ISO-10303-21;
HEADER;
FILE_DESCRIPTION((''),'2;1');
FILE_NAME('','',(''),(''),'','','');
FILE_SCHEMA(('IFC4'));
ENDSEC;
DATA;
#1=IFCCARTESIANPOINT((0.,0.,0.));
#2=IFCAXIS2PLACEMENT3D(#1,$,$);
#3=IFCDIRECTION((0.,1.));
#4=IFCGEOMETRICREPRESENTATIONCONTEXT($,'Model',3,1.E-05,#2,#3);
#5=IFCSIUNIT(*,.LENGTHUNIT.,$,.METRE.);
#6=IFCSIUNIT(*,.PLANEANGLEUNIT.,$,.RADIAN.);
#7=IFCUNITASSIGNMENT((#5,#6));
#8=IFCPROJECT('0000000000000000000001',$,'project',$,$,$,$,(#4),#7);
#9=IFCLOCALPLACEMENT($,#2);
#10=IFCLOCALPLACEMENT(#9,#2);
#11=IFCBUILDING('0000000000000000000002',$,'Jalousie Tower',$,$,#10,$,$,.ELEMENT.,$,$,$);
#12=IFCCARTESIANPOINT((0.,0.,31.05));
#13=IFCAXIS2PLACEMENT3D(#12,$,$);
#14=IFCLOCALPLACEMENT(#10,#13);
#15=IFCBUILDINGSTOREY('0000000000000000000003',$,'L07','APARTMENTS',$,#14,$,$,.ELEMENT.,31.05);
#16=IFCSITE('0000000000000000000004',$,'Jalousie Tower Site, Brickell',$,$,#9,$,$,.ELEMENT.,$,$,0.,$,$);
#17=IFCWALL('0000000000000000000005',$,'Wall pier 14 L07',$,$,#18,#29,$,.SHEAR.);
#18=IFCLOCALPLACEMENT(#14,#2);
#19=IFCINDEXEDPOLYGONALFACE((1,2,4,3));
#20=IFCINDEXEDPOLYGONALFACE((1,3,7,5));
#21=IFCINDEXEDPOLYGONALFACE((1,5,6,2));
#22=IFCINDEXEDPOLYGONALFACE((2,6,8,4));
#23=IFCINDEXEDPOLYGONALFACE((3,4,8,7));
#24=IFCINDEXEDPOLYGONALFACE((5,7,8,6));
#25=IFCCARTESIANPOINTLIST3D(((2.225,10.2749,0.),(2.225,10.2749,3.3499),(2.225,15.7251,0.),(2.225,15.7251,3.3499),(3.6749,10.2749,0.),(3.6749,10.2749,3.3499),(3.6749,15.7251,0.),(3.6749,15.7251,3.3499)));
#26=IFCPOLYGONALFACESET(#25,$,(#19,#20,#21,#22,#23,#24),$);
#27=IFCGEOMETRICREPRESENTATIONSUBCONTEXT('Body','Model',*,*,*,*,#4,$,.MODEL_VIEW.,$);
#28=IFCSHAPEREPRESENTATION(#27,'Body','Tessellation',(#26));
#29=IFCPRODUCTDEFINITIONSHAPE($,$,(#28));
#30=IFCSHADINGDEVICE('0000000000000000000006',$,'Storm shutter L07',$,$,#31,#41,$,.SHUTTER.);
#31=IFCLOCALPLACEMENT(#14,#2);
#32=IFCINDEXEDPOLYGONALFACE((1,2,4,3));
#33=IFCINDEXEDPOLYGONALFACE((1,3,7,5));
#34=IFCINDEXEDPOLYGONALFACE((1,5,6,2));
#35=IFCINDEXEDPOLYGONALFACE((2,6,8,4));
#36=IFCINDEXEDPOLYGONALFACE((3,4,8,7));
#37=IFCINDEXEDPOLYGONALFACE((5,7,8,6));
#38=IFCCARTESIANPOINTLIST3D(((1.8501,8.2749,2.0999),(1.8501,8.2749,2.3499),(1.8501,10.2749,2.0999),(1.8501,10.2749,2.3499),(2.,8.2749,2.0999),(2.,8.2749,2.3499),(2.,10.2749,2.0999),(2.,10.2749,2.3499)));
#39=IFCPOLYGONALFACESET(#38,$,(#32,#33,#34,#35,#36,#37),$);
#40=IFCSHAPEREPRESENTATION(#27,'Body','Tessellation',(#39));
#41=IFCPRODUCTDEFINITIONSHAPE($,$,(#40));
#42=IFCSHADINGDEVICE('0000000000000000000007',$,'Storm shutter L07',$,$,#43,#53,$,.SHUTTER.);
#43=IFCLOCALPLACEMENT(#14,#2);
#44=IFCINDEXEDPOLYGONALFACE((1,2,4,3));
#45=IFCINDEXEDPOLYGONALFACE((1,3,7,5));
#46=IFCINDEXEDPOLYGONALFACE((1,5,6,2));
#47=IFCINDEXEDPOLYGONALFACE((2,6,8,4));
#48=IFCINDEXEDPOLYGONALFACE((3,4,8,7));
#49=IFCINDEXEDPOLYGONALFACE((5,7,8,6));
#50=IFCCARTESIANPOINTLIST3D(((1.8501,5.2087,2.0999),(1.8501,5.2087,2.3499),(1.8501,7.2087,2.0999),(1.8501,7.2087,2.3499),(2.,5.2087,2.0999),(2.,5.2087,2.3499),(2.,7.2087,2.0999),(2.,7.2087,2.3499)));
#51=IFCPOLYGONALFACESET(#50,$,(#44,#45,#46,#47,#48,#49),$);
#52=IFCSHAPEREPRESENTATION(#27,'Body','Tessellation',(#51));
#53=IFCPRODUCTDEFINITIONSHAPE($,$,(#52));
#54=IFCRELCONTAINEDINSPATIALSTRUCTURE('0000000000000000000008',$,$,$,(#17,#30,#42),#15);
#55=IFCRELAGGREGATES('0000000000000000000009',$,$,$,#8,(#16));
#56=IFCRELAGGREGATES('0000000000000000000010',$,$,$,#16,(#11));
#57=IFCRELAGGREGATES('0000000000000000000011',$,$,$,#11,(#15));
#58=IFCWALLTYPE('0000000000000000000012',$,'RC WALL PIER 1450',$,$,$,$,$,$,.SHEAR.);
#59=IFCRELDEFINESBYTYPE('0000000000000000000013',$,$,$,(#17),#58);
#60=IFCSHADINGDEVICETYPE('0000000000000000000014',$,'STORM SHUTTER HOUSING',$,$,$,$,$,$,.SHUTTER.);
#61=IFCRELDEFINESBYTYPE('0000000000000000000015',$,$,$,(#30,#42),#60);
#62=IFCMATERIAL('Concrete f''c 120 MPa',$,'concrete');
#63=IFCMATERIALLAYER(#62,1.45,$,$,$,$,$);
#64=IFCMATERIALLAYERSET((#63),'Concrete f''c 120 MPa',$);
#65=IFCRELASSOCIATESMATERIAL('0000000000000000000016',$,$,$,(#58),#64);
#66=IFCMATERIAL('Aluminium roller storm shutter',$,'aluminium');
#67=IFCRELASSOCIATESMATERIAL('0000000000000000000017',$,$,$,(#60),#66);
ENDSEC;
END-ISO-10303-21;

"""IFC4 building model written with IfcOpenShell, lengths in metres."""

from ifc_helpers import new_model, si_unit, direction, frame, frame_2d, origin, origin_2d, place, context, subcontext, project, spatial, rectangle, extrude, material, layer, layer_set, type_object, element, save


model = new_model("IFC4")

# Units and contexts
model_context = context("Model", 3, precision=1e-05, world=origin(), true_north=direction((0.0, 1.0)))
body_context = subcontext(model_context, "Body", "Model", "MODEL_VIEW")
ifc_project = project(units=[si_unit("LENGTHUNIT", "METRE"), si_unit("PLANEANGLEUNIT", "RADIAN")], contexts=[model_context])

# Site, building, storey
site_placement = place(None, origin())
site = spatial("IfcSite", under=ifc_project, at=site_placement, Name="Jalousie Tower Site, Brickell", CompositionType="ELEMENT", RefElevation=0.0)
building_placement = place(site_placement, origin())
building = spatial("IfcBuilding", under=site, at=building_placement, Name="Jalousie Tower", CompositionType="ELEMENT")
storey_placement = place(building_placement, frame((0.0, 0.0, 31.05)))
storey = spatial("IfcBuildingStorey", under=building, at=storey_placement, Name="L07", Description="APARTMENTS", CompositionType="ELEMENT", Elevation=31.05)

# Wall
ifc_material_1 = material(Name="Concrete f'c 120 MPa", Category="concrete")
ifc_layer_1 = layer(ifc_material_1, 1.45)
ifc_layer_set_1 = layer_set([ifc_layer_1], Name="Concrete f'c 120 MPa")
wall_type_1 = type_object("IfcWallType", Name="RC WALL PIER 1450", PredefinedType="SHEAR", material=ifc_layer_set_1)
wall_1_placement = place(storey_placement, frame((2.95, 10.2749, 0.0), z_axis=(0.0, 0.0, 1.0), x_axis=(0.0, 1.0, 0.0)))
element("IfcWall", 1, at=wall_1_placement, inside=storey, type_object=wall_type_1, Name="Wall pier 14 L07", PredefinedType="SHEAR", context=body_context, shape_type="SweptSolid", body=[
    extrude(rectangle(XDim=5.4502, YDim=1.45, at=frame_2d((2.7251, 0.0))), origin(), (0.0, 0.0, 1.0), 3.3499),
])

# Shading devices
ifc_material_2 = material(Name="Aluminium roller storm shutter", Category="aluminium")
shading_device_type = type_object("IfcShadingDeviceType", Name="STORM SHUTTER HOUSING", PredefinedType="SHUTTER", material=ifc_material_2)
for number, where, z_axis, x_axis, name in (
    (2, (1.925, 9.2749, 2.0999), (0.0, 0.0, 1.0), (0.0, -1.0, 0.0), "Storm shutter L07"),
    (3, (1.925, 6.2087, 2.0999), (0.0, 0.0, 1.0), (0.0, -1.0, 0.0), "Storm shutter L07"),
):
    element("IfcShadingDevice", number, at=place(storey_placement, frame(where, z_axis=z_axis, x_axis=x_axis)), inside=storey, type_object=shading_device_type, Name=name, PredefinedType="SHUTTER", context=body_context, shape_type="SweptSolid", body=[
        extrude(rectangle(XDim=2.0, YDim=0.1499, at=origin_2d()), origin(), (0.0, 0.0, 1.0), 0.25),
    ])

save(model, "model.ifc")
